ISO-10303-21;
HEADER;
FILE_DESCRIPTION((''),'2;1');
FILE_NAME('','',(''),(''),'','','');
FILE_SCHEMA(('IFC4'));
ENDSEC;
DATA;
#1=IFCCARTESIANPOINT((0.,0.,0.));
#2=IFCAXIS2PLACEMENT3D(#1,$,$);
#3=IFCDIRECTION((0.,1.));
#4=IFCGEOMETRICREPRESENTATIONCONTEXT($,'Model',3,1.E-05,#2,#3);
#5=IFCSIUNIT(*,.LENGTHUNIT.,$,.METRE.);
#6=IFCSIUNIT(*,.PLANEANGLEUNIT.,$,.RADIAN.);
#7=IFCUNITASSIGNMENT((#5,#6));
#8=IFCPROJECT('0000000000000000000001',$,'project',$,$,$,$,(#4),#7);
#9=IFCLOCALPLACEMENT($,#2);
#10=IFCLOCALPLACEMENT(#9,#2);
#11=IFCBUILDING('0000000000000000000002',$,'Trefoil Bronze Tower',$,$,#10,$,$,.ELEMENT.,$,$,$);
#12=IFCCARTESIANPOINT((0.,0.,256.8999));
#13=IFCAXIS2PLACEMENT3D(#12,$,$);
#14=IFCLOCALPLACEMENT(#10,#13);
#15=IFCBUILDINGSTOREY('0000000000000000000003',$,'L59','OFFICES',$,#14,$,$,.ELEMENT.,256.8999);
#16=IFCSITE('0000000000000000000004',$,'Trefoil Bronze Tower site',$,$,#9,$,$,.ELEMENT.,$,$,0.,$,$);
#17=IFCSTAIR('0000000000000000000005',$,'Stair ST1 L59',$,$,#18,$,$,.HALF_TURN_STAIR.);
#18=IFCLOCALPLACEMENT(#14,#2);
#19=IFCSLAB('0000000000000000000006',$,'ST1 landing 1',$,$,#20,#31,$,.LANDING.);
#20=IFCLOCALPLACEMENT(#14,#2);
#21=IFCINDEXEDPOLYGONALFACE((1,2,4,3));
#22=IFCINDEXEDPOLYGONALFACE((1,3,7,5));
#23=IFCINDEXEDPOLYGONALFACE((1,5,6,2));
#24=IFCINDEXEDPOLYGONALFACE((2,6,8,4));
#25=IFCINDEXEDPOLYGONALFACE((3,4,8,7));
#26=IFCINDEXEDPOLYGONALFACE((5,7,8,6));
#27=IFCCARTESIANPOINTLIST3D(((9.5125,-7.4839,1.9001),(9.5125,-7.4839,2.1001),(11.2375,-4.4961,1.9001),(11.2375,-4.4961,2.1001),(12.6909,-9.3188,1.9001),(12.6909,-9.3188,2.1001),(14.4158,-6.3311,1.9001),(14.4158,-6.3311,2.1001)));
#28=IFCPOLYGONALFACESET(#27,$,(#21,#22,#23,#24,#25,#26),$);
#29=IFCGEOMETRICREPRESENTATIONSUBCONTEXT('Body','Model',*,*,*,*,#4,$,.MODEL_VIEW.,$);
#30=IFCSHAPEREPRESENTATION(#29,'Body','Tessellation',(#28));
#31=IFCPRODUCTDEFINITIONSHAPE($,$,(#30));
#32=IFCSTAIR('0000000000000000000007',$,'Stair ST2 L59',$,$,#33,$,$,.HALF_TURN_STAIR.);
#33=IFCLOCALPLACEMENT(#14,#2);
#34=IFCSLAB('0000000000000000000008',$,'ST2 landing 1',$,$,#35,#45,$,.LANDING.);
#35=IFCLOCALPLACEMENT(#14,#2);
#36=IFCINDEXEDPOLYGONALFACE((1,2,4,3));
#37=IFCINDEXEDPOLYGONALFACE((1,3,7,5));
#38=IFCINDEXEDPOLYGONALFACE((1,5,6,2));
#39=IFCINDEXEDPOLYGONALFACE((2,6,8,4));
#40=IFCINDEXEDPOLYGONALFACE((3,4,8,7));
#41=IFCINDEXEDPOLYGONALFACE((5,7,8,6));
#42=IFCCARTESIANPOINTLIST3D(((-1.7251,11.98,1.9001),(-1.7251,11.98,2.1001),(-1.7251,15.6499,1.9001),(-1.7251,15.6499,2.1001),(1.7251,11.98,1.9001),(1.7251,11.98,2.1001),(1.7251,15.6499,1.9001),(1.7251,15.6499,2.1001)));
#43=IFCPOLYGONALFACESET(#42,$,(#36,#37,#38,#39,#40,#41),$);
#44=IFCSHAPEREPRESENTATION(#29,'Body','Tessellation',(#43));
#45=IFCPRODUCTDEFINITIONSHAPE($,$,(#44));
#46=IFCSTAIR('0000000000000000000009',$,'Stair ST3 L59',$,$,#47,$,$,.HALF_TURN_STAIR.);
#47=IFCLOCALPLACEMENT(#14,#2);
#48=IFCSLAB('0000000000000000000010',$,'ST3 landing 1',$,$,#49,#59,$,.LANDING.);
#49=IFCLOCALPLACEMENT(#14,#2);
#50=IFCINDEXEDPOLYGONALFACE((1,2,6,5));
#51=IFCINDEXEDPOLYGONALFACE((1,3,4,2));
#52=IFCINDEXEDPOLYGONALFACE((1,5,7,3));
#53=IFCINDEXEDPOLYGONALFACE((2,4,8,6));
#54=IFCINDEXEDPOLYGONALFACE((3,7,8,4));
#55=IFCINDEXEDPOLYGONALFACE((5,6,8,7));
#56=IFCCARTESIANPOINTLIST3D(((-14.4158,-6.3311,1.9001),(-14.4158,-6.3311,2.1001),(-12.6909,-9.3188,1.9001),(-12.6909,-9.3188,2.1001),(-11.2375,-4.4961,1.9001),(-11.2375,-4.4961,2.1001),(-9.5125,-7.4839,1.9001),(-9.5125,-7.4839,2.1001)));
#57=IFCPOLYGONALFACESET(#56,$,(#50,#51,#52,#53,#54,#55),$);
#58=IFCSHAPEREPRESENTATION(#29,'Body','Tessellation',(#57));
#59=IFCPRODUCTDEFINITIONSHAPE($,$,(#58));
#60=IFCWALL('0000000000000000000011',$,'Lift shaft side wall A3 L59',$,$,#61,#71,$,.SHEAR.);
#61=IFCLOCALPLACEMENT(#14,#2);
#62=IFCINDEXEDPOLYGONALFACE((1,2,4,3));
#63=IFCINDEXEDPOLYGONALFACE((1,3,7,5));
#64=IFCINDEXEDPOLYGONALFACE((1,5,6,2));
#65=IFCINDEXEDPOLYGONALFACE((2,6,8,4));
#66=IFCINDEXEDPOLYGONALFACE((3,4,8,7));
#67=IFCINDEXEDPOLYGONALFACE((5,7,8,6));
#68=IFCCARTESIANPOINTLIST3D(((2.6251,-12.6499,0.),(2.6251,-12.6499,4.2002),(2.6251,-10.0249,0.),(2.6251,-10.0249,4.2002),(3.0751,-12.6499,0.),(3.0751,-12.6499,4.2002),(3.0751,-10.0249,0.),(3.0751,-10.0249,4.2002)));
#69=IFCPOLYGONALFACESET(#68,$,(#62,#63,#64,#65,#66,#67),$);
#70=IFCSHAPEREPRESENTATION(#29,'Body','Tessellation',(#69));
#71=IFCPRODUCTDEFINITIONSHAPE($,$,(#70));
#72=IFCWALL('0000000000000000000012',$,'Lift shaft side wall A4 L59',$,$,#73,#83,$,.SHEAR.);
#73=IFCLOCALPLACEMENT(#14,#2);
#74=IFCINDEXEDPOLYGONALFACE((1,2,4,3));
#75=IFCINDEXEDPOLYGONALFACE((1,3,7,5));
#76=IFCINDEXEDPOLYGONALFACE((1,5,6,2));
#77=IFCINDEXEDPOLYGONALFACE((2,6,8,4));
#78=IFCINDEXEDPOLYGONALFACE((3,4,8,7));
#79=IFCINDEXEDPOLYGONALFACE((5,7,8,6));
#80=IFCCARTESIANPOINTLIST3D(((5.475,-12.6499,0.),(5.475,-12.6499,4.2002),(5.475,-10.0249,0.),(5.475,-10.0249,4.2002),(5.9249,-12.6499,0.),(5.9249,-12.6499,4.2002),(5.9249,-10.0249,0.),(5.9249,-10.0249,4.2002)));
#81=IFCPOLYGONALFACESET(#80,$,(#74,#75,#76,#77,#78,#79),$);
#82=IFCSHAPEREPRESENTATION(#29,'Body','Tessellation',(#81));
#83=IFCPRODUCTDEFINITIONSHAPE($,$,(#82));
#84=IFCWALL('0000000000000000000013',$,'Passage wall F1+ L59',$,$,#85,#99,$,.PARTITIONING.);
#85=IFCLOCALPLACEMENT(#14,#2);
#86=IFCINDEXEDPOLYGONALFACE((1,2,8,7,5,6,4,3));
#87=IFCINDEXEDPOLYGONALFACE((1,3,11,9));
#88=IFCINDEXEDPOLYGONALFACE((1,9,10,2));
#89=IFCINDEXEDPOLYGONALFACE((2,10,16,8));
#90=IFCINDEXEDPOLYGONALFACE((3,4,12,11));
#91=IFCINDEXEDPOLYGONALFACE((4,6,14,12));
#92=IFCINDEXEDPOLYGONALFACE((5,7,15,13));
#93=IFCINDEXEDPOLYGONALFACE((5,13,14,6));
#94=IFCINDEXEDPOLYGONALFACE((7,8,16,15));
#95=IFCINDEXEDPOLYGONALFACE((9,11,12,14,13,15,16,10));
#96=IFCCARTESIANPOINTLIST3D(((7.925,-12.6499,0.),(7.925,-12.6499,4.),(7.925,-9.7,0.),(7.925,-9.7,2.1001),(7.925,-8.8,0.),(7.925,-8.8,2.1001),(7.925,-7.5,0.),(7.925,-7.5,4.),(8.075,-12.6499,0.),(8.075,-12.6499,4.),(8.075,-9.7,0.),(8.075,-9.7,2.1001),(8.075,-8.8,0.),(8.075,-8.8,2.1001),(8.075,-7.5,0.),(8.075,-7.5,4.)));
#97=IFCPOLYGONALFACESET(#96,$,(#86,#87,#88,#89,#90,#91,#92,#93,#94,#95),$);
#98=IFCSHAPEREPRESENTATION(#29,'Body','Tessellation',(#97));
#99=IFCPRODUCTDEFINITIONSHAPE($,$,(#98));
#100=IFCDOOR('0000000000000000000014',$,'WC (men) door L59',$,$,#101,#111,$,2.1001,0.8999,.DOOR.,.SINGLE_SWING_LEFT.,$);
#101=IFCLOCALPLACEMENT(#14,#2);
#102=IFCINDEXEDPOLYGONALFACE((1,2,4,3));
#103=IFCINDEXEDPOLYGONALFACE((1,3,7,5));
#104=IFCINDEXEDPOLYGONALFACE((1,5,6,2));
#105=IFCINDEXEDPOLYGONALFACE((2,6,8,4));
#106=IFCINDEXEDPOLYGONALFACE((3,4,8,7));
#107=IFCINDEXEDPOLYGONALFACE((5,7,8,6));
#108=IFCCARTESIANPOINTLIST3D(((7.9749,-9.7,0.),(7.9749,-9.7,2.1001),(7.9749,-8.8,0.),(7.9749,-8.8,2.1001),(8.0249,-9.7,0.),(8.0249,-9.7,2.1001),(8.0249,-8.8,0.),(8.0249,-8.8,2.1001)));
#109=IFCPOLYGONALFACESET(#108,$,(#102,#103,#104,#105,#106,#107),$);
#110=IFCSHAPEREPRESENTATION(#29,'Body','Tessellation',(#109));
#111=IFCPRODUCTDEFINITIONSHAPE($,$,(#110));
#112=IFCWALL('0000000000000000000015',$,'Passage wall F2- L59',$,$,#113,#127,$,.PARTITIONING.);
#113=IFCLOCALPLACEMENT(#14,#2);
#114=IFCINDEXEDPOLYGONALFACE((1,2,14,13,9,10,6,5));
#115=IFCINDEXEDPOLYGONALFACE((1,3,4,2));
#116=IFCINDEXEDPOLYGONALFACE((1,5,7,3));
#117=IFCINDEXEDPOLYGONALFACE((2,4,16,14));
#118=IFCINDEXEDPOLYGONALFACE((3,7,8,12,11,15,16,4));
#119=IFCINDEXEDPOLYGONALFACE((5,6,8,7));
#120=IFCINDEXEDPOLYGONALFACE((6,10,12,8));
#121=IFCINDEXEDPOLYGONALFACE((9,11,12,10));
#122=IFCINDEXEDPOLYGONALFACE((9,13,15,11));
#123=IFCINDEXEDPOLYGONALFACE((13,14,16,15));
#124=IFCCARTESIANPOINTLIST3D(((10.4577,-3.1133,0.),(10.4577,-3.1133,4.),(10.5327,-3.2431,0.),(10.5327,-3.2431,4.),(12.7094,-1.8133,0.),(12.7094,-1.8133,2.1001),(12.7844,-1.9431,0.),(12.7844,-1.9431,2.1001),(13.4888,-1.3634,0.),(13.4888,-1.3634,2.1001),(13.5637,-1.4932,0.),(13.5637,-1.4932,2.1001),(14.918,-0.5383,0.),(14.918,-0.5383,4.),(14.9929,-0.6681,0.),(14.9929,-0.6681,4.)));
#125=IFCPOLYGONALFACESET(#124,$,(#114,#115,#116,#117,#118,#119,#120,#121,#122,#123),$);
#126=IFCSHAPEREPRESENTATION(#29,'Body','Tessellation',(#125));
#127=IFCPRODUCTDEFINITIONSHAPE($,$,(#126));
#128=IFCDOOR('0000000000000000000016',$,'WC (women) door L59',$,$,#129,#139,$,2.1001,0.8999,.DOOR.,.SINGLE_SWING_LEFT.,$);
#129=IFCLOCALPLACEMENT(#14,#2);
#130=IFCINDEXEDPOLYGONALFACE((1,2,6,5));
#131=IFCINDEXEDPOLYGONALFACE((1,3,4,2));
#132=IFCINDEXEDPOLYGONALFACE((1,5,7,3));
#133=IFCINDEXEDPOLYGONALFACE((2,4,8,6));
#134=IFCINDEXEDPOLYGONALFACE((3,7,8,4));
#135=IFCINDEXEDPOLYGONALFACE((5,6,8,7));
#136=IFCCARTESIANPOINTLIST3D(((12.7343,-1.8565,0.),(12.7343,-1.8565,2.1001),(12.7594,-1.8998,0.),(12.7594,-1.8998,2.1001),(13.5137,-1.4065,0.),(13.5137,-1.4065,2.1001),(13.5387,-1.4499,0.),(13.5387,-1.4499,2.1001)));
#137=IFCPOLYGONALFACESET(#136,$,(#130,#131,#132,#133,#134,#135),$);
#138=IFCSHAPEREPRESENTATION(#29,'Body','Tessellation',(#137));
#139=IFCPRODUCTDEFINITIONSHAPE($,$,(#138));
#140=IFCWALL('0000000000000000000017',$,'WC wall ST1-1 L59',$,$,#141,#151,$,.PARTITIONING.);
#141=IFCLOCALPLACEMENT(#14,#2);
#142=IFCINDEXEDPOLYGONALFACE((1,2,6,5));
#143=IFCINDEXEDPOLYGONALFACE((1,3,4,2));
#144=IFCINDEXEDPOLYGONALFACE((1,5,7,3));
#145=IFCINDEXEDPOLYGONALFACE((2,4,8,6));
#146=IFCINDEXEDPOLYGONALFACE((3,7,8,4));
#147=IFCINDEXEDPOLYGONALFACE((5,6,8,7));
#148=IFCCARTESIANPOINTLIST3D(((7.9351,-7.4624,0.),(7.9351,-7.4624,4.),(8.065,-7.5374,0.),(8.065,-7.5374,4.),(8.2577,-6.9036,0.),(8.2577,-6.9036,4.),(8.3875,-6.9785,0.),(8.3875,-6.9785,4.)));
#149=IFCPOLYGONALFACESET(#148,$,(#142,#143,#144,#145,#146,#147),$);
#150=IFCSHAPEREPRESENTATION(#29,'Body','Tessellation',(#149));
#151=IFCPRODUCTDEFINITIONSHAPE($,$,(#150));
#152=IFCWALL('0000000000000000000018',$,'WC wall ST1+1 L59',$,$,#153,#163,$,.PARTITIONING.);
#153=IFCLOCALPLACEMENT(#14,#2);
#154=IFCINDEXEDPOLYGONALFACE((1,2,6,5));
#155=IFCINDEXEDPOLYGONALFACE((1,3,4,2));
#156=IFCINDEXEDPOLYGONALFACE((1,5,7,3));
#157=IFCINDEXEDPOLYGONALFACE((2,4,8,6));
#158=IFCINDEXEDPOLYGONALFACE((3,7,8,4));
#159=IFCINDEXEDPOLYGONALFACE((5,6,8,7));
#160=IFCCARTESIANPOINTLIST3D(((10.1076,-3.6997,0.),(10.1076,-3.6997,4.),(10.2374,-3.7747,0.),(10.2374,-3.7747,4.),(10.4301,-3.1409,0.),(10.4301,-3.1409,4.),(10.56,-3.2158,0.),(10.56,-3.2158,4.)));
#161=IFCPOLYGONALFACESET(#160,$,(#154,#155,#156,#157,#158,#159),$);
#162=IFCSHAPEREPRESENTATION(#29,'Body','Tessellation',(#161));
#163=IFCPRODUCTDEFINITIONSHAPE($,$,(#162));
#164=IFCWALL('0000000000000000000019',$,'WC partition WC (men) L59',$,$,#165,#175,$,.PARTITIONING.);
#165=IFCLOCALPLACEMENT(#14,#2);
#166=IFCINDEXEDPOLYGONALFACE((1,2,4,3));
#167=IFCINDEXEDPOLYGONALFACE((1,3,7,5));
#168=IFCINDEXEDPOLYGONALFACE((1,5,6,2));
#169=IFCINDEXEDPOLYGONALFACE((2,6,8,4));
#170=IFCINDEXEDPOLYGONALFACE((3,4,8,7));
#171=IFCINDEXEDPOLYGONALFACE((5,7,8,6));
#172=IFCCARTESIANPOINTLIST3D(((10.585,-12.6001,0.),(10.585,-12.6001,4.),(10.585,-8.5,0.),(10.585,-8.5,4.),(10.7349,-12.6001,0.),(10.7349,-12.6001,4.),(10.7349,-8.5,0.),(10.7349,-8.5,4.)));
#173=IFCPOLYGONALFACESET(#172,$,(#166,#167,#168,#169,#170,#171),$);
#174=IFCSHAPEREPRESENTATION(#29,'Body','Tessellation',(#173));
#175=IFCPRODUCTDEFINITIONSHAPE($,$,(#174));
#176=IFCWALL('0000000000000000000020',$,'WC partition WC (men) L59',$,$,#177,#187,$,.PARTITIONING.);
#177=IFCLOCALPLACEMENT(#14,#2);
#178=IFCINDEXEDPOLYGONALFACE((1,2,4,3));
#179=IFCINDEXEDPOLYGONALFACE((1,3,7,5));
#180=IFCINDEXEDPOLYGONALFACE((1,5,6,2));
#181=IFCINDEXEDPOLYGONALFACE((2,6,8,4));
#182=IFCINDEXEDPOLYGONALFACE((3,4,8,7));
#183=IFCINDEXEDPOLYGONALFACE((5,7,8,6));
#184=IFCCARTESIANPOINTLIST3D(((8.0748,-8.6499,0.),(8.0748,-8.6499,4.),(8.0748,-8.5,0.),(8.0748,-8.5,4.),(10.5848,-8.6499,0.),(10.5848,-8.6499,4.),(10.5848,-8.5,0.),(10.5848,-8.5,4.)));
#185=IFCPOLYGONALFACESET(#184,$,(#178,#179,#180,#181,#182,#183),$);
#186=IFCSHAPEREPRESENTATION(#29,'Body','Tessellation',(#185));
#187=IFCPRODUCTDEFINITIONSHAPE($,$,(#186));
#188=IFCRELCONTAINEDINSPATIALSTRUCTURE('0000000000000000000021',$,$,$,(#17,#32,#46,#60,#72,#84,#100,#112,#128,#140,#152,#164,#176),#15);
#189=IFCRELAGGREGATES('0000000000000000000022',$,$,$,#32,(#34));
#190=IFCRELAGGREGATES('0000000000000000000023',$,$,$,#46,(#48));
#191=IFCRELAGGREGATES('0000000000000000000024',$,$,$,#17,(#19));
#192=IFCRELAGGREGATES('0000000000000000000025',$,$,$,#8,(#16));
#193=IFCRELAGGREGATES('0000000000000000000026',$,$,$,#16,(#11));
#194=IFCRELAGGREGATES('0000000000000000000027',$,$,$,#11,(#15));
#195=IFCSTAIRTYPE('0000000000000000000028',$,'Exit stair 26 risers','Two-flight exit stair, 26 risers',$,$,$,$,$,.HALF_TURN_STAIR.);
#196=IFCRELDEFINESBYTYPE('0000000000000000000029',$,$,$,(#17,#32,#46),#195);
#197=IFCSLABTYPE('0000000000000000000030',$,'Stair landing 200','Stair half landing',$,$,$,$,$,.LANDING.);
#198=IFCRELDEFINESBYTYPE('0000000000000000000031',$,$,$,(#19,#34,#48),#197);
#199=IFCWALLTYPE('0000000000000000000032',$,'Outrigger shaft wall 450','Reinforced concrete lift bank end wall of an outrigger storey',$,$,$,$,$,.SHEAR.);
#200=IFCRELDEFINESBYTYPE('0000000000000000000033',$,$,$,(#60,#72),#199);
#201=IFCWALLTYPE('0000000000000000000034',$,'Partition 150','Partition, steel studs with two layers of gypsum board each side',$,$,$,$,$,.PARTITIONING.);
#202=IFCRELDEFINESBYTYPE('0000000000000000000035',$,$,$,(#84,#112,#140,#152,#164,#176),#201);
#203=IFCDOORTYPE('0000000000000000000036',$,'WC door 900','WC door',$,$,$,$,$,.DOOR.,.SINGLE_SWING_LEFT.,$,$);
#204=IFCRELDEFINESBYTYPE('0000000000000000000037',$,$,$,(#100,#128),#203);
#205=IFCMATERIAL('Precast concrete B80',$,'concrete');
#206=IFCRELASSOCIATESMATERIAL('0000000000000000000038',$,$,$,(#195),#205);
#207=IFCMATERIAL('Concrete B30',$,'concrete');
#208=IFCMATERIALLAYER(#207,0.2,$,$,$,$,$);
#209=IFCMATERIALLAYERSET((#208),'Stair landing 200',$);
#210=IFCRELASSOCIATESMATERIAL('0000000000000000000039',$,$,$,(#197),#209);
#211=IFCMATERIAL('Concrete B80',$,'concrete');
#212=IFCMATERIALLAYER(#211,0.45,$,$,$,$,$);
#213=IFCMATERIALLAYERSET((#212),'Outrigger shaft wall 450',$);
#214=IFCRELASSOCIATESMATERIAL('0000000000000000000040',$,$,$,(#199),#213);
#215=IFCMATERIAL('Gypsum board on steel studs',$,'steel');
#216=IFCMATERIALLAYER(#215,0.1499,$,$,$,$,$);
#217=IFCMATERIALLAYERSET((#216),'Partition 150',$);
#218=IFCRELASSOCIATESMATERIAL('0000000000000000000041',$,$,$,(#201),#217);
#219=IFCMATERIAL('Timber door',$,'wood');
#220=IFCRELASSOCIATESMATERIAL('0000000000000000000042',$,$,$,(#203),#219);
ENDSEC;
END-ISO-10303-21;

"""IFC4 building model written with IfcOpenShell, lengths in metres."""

from ifc_helpers import new_model, si_unit, direction, frame, frame_2d, origin, place, context, subcontext, project, spatial, polyline, rectangle, outline, extrude, material, layer, layer_set, type_object, element, fill, aggregate, save


model = new_model("IFC4")

# Units and contexts
model_context = context("Model", 3, precision=1e-05, world=origin(), true_north=direction((0.0, 1.0)))
body_context = subcontext(model_context, "Body", "Model", "MODEL_VIEW")
ifc_project = project(units=[si_unit("LENGTHUNIT", "METRE"), si_unit("PLANEANGLEUNIT", "RADIAN")], contexts=[model_context])

# Site, building, storey
site_placement = place(None, origin())
site = spatial("IfcSite", under=ifc_project, at=site_placement, Name="Trefoil Bronze Tower site", CompositionType="ELEMENT", RefElevation=0.0)
building_placement = place(site_placement, origin())
building = spatial("IfcBuilding", under=site, at=building_placement, Name="Trefoil Bronze Tower", CompositionType="ELEMENT")
storey_placement = place(building_placement, frame((0.0, 0.0, 256.8999)))
storey = spatial("IfcBuildingStorey", under=building, at=storey_placement, Name="L59", Description="OFFICES", CompositionType="ELEMENT", Elevation=256.8999)

# Stairs, slabs
ifc_material_1 = material(Name="Precast concrete B80", Category="concrete")
stair_type = type_object("IfcStairType", Name="Exit stair 26 risers", Description="Two-flight exit stair, 26 risers", PredefinedType="HALF_TURN_STAIR", material=ifc_material_1)
stair_1_placement = place(storey_placement, origin())
stair_1 = element("IfcStair", 1, at=stair_1_placement, inside=storey, type_object=stair_type, Name="Stair ST1 L59", PredefinedType="HALF_TURN_STAIR")
ifc_material_2 = material(Name="Concrete B30", Category="concrete")
ifc_layer_1 = layer(ifc_material_2, 0.2)
ifc_layer_set_1 = layer_set([ifc_layer_1], Name="Stair landing 200")
slab_type = type_object("IfcSlabType", Name="Stair landing 200", Description="Stair half landing", PredefinedType="LANDING", material=ifc_layer_set_1)
slab_1_placement = place(storey_placement, frame((0.0, 0.0, 1.9001)))
slab_1 = element("IfcSlab", 2, at=slab_1_placement, type_object=slab_type, Name="ST1 landing 1", PredefinedType="LANDING", context=body_context, shape_type="SweptSolid", body=[
    extrude(outline(polyline([(9.5125, -7.4839), (12.6909, -9.3188), (14.4158, -6.3311), (11.2375, -4.4961), (9.5125, -7.4839)])), origin(), (0.0, 0.0, 1.0), 0.2),
])
stair_2_placement = place(storey_placement, origin())
stair_2 = element("IfcStair", 3, at=stair_2_placement, inside=storey, type_object=stair_type, Name="Stair ST2 L59", PredefinedType="HALF_TURN_STAIR")
slab_2_placement = place(storey_placement, frame((0.0, 0.0, 1.9001)))
slab_2 = element("IfcSlab", 4, at=slab_2_placement, type_object=slab_type, Name="ST2 landing 1", PredefinedType="LANDING", context=body_context, shape_type="SweptSolid", body=[
    extrude(outline(polyline([(1.7251, 11.98), (1.7251, 15.6499), (-1.7251, 15.6499), (-1.7251, 11.98), (1.7251, 11.98)])), origin(), (0.0, 0.0, 1.0), 0.2),
])
aggregate(stair_2, [slab_2])
stair_3_placement = place(storey_placement, origin())
stair_3 = element("IfcStair", 5, at=stair_3_placement, inside=storey, type_object=stair_type, Name="Stair ST3 L59", PredefinedType="HALF_TURN_STAIR")
slab_3_placement = place(storey_placement, frame((0.0, 0.0, 1.9001)))
slab_3 = element("IfcSlab", 6, at=slab_3_placement, type_object=slab_type, Name="ST3 landing 1", PredefinedType="LANDING", context=body_context, shape_type="SweptSolid", body=[
    extrude(outline(polyline([(-11.2375, -4.4961), (-14.4158, -6.3311), (-12.6909, -9.3188), (-9.5125, -7.4839), (-11.2375, -4.4961)])), origin(), (0.0, 0.0, 1.0), 0.2),
])
aggregate(stair_3, [slab_3])

# Walls
ifc_material_3 = material(Name="Concrete B80", Category="concrete")
ifc_layer_2 = layer(ifc_material_3, 0.45)
ifc_layer_set_2 = layer_set([ifc_layer_2], Name="Outrigger shaft wall 450")
wall_type_1 = type_object("IfcWallType", Name="Outrigger shaft wall 450", Description="Reinforced concrete lift bank end wall of an outrigger storey", PredefinedType="SHEAR", material=ifc_layer_set_2)
for number, where, z_axis, x_axis, name in (
    (7, (2.8501, -10.0249, 0.0), (0.0, 0.0, 1.0), (0.0, -1.0, 0.0), "Lift shaft side wall A3 L59"),
    (8, (5.7, -10.0249, 0.0), (0.0, 0.0, 1.0), (0.0, -1.0, 0.0), "Lift shaft side wall A4 L59"),
):
    element("IfcWall", number, at=place(storey_placement, frame(where, z_axis=z_axis, x_axis=x_axis)), inside=storey, type_object=wall_type_1, Name=name, PredefinedType="SHEAR", context=body_context, shape_type="SweptSolid", body=[
        extrude(rectangle(XDim=2.625, YDim=0.45, at=frame_2d((1.3125, 0.0))), origin(), (0.0, 0.0, 1.0), 4.2002),
    ])

# Walls, openings, doors
ifc_material_4 = material(Name="Gypsum board on steel studs", Category="steel")
ifc_layer_3 = layer(ifc_material_4, 0.1499)
ifc_layer_set_3 = layer_set([ifc_layer_3], Name="Partition 150")
wall_type_2 = type_object("IfcWallType", Name="Partition 150", Description="Partition, steel studs with two layers of gypsum board each side", PredefinedType="PARTITIONING", material=ifc_layer_set_3)
wall_1_placement = place(storey_placement, frame((8.0, -7.5, 0.0), z_axis=(0.0, 0.0, 1.0), x_axis=(0.0, -1.0, 0.0)))
wall_1 = element("IfcWall", 9, at=wall_1_placement, inside=storey, type_object=wall_type_2, Name="Passage wall F1+ L59", PredefinedType="PARTITIONING", context=body_context, shape_type="SweptSolid", body=[
    extrude(rectangle(XDim=5.1499, YDim=0.1499, at=frame_2d((2.575, 0.0))), origin(), (0.0, 0.0, 1.0), 4.0),
])
opening_1_placement = place(wall_1_placement, frame((1.3, 0.0, 0.0)))
opening_1 = element("IfcOpeningElement", 10, at=opening_1_placement, cuts=wall_1, PredefinedType="OPENING", context=body_context, shape_type="SweptSolid", body=[
    extrude(rectangle(XDim=0.8999, YDim=2.1001, at=frame_2d((0.45, 1.05))), frame((0.0, 0.085, 0.0), z_axis=(0.0, -1.0, 0.0), x_axis=(1.0, 0.0, 0.0)), (0.0, 0.0, 1.0), 0.1699),
])
ifc_material_5 = material(Name="Timber door", Category="wood")
door_type_1 = type_object("IfcDoorType", Name="WC door 900", Description="WC door", OperationType="SINGLE_SWING_LEFT", PredefinedType="DOOR", material=ifc_material_5)
door_1_placement = place(opening_1_placement, origin())
door_1 = element("IfcDoor", 11, at=door_1_placement, inside=storey, type_object=door_type_1, Name="WC (men) door L59", OperationType="SINGLE_SWING_LEFT", OverallHeight=2.1001, OverallWidth=0.8999, PredefinedType="DOOR", context=body_context, shape_type="SweptSolid", body=[
    extrude(rectangle(XDim=0.8999, YDim=2.1001, at=frame_2d((0.45, 1.05))), frame((0.0, 0.0249, 0.0), z_axis=(0.0, -1.0, 0.0), x_axis=(1.0, 0.0, 0.0)), (0.0, 0.0, 1.0), 0.05),
])
fill(opening_1, door_1)
wall_2_placement = place(storey_placement, frame((10.4951, -3.1782, 0.0), z_axis=(0.0, 0.0, 1.0), x_axis=(0.866038, 0.499978, 0.0)))
wall_2 = element("IfcWall", 12, at=wall_2_placement, inside=storey, type_object=wall_type_2, Name="Passage wall F2- L59", PredefinedType="PARTITIONING", context=body_context, shape_type="SweptSolid", body=[
    extrude(rectangle(XDim=5.1501, YDim=0.1499, at=frame_2d((2.5752, 0.0))), origin(), (0.0, 0.0, 1.0), 4.0),
])
opening_2_placement = place(wall_2_placement, frame((2.6001, 0.0, 0.0)))
opening_2 = element("IfcOpeningElement", 13, at=opening_2_placement, cuts=wall_2, PredefinedType="OPENING", context=body_context, shape_type="SweptSolid", body=[
    extrude(rectangle(XDim=0.8999, YDim=2.1001, at=frame_2d((0.45, 1.05))), frame((0.0, 0.085, 0.0), z_axis=(0.0, -1.0, 0.0), x_axis=(1.0, 0.0, 0.0)), (0.0, 0.0, 1.0), 0.1699),
])
door_2_placement = place(opening_2_placement, frame((0.8999, 0.0, 0.0), z_axis=(0.0, 0.0, 1.0), x_axis=(-1.0, 0.0, 0.0)))
door_2 = element("IfcDoor", 14, at=door_2_placement, inside=storey, type_object=door_type_1, Name="WC (women) door L59", OperationType="SINGLE_SWING_LEFT", OverallHeight=2.1001, OverallWidth=0.8999, PredefinedType="DOOR", context=body_context, shape_type="SweptSolid", body=[
    extrude(rectangle(XDim=0.8999, YDim=2.1001, at=frame_2d((0.45, 1.05))), frame((0.0, 0.0249, 0.0), z_axis=(0.0, -1.0, 0.0), x_axis=(1.0, 0.0, 0.0)), (0.0, 0.0, 1.0), 0.05),
])
fill(opening_2, door_2)

# Walls
for number, where, z_axis, x_axis, name in (
    (15, (8.0, -7.5, 0.0), (0.0, 0.0, 1.0), (0.499843, 0.866116, 0.0), "WC wall ST1-1 L59"),
    (16, (10.4951, -3.1782, 0.0), (0.0, 0.0, 1.0), (-0.499843, -0.866116, 0.0), "WC wall ST1+1 L59"),
):
    element("IfcWall", number, at=place(storey_placement, frame(where, z_axis=z_axis, x_axis=x_axis)), inside=storey, type_object=wall_type_2, Name=name, PredefinedType="PARTITIONING", context=body_context, shape_type="SweptSolid", body=[
        extrude(rectangle(XDim=0.6453, YDim=0.1499, at=frame_2d((0.3228, 0.0))), origin(), (0.0, 0.0, 1.0), 4.0),
    ])
wall_3_placement = place(storey_placement, frame((10.6599, -8.5, 0.0), z_axis=(0.0, 0.0, 1.0), x_axis=(0.0, -1.0, 0.0)))
element("IfcWall", 17, at=wall_3_placement, inside=storey, type_object=wall_type_2, Name="WC partition WC (men) L59", PredefinedType="PARTITIONING", context=body_context, shape_type="SweptSolid", body=[
    extrude(rectangle(XDim=4.1001, YDim=0.1499, at=frame_2d((2.05, 0.0))), origin(), (0.0, 0.0, 1.0), 4.0),
])
wall_4_placement = place(storey_placement, frame((8.075, -8.575, 0.0), z_axis=(0.0, 0.0, 1.0), x_axis=(1.0, 0.0, 0.0)))
element("IfcWall", 18, at=wall_4_placement, inside=storey, type_object=wall_type_2, Name="WC partition WC (men) L59", PredefinedType="PARTITIONING", context=body_context, shape_type="SweptSolid", body=[
    extrude(rectangle(XDim=2.51, YDim=0.1499, at=frame_2d((1.2549, 0.0))), origin(), (0.0, 0.0, 1.0), 4.0),
])

aggregate(stair_1, [slab_1])

save(model, "model.ifc")
